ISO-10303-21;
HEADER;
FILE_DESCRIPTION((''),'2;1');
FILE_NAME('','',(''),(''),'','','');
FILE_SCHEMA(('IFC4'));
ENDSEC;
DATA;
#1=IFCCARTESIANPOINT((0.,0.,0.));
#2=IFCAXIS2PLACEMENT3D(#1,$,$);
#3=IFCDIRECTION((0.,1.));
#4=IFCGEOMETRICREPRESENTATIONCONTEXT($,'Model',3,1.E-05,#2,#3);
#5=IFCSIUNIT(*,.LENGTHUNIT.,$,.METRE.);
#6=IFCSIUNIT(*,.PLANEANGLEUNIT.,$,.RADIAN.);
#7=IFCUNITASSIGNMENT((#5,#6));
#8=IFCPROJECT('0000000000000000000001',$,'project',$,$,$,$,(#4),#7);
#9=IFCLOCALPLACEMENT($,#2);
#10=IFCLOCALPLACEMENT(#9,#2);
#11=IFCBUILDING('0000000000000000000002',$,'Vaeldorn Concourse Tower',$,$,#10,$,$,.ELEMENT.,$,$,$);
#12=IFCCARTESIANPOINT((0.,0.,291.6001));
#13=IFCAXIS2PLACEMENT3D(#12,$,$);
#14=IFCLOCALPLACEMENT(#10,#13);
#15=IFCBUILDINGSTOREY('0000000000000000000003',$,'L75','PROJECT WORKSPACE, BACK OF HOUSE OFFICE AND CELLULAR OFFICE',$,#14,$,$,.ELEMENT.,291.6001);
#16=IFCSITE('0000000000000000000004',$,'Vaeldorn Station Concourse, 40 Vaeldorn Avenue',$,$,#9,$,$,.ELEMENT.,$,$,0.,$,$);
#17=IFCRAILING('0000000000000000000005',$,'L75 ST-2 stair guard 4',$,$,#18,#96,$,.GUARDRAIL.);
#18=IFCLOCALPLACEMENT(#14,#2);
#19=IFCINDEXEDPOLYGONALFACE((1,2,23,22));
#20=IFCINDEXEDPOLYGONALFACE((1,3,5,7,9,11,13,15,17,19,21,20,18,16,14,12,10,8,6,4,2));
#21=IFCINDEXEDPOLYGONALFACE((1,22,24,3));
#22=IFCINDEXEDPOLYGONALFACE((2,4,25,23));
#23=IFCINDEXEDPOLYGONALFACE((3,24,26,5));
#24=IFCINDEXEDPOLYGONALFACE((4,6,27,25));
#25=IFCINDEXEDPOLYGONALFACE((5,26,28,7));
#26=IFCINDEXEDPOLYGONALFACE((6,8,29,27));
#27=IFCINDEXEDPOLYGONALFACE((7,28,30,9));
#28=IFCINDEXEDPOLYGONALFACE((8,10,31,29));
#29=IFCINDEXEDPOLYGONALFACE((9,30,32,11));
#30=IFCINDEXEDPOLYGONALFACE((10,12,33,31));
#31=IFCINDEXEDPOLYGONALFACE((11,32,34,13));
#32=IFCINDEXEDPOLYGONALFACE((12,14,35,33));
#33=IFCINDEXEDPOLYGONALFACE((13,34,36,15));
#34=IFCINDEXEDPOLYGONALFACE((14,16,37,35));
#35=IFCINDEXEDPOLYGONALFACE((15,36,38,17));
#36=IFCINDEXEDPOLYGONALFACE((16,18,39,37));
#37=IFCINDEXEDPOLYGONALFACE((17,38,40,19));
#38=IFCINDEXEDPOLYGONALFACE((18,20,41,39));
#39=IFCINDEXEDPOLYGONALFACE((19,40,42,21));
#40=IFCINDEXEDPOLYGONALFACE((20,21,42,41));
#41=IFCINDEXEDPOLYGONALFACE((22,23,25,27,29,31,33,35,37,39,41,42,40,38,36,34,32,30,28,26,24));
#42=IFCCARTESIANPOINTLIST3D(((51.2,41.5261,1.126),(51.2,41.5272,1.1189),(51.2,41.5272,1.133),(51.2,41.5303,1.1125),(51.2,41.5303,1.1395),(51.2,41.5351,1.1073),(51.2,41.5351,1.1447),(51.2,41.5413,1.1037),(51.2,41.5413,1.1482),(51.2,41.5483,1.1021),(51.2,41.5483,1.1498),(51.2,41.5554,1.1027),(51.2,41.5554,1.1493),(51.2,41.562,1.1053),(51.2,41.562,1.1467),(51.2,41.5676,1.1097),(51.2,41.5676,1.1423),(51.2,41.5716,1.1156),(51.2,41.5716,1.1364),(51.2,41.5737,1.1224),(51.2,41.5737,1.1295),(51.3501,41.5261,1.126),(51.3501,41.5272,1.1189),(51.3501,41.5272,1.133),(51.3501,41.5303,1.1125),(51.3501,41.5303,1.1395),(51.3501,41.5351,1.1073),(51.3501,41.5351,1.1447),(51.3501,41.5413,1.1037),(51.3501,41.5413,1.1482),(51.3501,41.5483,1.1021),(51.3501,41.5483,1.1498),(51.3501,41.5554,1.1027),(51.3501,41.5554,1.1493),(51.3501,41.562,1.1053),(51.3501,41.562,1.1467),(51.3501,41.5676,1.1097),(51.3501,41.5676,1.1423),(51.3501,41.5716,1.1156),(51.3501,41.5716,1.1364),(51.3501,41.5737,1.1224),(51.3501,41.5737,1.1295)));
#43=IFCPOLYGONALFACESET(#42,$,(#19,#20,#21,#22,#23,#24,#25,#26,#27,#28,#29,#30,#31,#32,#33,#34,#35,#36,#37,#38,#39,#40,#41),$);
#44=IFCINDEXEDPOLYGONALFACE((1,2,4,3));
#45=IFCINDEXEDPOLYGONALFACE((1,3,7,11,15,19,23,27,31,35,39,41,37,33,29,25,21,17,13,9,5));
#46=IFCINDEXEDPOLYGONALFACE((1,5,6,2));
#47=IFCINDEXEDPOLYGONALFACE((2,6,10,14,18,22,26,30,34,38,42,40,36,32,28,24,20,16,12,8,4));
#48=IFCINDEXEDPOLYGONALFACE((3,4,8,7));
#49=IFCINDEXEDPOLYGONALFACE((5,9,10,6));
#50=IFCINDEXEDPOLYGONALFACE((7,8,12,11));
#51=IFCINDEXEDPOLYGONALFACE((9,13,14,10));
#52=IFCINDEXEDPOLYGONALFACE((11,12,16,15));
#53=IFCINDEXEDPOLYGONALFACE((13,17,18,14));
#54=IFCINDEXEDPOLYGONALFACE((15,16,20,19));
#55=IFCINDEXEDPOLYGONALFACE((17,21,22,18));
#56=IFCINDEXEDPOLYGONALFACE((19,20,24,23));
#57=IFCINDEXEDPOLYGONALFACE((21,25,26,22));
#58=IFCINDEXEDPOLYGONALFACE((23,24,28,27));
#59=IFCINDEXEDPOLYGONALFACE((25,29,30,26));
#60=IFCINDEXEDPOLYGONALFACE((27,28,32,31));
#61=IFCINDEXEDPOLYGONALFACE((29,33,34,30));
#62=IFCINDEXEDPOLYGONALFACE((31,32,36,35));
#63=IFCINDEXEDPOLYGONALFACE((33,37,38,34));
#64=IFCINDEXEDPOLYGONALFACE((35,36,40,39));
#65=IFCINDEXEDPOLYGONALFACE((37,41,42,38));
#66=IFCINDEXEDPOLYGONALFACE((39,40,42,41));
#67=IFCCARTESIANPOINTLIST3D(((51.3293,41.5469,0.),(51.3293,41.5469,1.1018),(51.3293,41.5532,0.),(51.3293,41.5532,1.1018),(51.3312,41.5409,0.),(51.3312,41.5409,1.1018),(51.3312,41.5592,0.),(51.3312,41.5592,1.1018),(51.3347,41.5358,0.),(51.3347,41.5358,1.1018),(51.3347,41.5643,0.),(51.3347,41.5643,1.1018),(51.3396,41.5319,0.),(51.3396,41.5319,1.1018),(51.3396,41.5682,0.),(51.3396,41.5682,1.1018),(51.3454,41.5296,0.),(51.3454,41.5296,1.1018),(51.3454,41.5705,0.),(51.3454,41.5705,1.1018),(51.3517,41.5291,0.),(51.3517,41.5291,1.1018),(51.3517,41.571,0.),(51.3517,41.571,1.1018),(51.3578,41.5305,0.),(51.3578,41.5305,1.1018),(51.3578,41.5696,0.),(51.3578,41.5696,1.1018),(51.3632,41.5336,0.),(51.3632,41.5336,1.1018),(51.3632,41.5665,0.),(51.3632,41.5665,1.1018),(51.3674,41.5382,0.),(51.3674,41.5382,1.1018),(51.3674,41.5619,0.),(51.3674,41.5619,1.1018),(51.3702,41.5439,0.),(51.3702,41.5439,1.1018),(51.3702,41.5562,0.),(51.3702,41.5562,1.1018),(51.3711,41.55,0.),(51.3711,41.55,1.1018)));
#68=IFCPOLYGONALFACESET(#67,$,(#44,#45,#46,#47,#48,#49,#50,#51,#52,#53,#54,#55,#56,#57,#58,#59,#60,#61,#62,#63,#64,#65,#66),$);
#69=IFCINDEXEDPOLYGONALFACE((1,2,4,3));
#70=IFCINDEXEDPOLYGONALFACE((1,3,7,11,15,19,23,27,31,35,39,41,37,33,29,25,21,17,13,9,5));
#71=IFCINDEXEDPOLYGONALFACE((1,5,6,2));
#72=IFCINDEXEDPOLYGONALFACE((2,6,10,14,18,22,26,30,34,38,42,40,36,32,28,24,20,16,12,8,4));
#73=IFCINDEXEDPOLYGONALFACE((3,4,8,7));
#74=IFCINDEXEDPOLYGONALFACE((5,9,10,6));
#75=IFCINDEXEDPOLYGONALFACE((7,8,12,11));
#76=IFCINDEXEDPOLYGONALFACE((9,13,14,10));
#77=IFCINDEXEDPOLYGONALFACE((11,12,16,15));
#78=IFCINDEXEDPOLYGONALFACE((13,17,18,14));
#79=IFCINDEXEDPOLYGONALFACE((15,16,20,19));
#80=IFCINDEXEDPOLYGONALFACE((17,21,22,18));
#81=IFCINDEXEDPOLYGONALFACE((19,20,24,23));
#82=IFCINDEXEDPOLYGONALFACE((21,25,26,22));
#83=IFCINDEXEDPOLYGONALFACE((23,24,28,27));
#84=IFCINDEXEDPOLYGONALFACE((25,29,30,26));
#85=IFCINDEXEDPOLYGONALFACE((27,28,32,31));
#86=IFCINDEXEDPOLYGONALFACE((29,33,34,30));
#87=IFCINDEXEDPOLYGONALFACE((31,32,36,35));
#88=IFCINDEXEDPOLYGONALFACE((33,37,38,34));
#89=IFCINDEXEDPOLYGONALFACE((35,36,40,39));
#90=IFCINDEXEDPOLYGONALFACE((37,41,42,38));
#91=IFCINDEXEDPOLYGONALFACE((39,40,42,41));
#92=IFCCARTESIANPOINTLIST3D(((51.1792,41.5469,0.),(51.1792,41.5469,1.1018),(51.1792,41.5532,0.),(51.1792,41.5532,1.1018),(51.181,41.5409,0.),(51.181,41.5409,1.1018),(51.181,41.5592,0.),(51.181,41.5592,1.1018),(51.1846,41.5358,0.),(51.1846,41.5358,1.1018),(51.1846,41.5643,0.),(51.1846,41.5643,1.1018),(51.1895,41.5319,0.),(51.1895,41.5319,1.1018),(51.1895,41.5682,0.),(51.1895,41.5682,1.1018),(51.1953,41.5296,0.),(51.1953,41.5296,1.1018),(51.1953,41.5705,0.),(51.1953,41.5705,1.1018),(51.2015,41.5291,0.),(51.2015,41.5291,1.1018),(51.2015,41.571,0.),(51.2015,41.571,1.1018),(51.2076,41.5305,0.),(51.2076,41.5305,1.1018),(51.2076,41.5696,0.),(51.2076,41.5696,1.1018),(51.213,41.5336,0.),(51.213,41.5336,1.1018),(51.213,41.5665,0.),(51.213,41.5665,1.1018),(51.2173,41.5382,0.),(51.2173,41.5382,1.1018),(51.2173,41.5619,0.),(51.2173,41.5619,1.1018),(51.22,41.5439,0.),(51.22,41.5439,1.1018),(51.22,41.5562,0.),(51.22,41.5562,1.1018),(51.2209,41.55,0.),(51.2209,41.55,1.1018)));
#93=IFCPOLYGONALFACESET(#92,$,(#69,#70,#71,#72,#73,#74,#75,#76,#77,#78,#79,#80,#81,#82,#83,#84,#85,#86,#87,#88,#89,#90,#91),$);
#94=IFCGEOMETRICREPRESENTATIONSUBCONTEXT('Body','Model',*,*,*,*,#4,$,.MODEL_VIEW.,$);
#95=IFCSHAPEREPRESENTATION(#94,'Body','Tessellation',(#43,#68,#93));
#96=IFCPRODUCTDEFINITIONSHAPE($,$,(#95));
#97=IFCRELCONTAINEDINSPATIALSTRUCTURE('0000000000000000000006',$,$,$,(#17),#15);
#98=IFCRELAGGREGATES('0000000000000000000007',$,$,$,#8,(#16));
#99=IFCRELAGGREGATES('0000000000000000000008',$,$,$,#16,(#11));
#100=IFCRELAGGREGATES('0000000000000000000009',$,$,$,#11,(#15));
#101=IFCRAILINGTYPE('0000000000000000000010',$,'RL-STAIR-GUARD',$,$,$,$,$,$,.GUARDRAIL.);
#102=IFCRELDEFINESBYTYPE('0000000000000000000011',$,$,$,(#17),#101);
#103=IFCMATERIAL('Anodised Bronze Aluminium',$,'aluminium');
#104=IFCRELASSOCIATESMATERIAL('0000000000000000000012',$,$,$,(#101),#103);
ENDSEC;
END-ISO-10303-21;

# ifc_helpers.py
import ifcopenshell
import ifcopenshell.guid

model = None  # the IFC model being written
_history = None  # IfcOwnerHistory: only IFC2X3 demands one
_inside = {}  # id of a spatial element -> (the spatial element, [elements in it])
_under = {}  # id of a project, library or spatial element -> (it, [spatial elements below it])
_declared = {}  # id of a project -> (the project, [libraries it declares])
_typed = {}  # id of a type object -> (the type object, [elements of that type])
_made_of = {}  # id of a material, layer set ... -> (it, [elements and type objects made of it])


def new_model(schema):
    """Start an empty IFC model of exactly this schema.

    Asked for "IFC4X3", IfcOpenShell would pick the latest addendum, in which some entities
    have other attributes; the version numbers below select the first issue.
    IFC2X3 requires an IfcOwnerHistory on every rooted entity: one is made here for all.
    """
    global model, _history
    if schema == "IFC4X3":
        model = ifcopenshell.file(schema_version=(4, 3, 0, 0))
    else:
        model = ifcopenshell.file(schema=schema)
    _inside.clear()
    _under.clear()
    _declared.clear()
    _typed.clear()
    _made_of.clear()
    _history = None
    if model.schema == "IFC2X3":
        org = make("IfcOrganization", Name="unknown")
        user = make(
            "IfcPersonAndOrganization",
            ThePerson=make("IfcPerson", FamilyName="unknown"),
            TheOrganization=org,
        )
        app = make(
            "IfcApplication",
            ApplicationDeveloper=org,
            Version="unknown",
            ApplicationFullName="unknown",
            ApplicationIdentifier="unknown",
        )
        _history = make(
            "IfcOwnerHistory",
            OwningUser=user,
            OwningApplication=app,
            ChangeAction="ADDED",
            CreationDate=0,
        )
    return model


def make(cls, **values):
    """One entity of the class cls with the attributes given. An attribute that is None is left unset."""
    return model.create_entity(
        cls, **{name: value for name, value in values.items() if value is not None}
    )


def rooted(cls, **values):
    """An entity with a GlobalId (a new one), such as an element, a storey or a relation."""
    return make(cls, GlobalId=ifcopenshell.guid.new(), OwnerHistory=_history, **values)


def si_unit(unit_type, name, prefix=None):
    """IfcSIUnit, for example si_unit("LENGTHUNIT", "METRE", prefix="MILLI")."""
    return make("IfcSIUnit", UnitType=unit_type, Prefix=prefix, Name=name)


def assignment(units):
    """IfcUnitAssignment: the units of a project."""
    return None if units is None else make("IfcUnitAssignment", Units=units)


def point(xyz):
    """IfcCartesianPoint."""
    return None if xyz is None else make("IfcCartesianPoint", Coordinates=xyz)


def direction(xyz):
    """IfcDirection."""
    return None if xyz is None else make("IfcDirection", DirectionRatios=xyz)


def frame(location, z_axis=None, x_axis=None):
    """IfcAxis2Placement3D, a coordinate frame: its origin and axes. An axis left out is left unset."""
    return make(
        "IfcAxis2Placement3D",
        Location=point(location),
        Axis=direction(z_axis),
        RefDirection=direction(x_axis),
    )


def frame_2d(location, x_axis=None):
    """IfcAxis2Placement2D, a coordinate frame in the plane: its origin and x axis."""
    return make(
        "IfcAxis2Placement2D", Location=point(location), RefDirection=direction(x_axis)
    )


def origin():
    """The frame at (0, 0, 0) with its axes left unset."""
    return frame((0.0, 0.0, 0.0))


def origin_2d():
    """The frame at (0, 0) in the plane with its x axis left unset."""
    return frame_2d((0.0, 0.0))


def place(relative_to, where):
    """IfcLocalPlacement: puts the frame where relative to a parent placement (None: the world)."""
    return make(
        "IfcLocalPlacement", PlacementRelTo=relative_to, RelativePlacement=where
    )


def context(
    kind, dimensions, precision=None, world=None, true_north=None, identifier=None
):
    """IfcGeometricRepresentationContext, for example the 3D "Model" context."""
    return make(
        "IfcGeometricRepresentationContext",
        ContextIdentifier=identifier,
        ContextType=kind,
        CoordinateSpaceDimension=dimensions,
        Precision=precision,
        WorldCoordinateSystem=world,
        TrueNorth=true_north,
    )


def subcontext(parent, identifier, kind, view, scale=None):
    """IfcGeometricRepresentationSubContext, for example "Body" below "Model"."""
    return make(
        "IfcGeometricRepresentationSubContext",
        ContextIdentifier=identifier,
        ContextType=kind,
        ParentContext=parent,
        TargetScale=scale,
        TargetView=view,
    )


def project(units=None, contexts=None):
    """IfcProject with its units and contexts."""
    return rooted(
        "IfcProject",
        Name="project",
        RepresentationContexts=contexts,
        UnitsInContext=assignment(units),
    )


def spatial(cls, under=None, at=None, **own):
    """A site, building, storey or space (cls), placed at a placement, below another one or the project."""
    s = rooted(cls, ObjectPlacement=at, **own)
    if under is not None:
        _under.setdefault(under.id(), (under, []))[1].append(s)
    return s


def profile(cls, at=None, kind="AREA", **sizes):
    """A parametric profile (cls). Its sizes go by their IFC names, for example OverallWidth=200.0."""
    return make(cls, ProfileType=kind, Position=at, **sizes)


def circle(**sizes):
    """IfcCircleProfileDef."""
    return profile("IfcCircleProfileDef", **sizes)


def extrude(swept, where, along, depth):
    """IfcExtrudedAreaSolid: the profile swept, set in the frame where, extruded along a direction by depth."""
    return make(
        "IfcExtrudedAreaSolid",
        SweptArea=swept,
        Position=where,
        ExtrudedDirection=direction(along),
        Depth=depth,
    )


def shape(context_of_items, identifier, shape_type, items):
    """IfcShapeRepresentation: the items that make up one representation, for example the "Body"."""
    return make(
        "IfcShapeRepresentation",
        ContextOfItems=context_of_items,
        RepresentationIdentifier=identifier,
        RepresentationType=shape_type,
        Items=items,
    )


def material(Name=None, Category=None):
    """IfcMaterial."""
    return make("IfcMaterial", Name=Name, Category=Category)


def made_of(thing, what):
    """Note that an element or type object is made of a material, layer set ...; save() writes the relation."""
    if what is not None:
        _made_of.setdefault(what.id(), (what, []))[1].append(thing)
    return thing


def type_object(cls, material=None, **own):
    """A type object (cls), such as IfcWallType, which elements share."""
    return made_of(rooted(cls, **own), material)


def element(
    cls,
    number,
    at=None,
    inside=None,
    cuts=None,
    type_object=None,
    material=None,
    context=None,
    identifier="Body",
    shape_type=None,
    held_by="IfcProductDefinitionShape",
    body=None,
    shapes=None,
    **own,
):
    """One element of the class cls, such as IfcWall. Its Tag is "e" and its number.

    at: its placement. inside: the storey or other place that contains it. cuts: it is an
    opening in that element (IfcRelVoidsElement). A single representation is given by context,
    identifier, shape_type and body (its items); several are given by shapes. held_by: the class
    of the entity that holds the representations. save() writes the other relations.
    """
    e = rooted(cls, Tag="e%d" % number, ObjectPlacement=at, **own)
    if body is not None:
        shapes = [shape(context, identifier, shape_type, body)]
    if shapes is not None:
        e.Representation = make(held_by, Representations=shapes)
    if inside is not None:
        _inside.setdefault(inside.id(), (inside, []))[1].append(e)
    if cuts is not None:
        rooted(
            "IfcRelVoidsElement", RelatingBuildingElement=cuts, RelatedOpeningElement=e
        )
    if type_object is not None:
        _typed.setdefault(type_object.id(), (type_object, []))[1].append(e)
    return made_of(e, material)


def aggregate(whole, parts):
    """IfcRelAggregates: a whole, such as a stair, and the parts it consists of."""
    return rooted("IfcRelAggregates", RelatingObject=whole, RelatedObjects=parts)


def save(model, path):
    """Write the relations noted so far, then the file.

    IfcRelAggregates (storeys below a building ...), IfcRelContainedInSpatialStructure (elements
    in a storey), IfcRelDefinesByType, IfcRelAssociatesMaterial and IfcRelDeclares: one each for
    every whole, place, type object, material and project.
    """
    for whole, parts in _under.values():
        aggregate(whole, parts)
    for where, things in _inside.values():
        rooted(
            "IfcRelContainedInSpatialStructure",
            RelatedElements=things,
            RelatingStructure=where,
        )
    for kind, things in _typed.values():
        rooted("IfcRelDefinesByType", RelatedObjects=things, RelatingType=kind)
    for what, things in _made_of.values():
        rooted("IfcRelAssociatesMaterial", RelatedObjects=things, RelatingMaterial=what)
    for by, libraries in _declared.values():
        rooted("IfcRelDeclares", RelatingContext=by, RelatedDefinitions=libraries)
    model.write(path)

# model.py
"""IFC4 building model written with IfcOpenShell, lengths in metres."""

from ifc_helpers import new_model, si_unit, direction, frame, origin, origin_2d, place, context, subcontext, project, spatial, circle, extrude, material, type_object, element, save


model = new_model("IFC4")

# Units and contexts
model_context = context("Model", 3, precision=1e-05, world=origin(), true_north=direction((0.0, 1.0)))
body_context = subcontext(model_context, "Body", "Model", "MODEL_VIEW")
ifc_project = project(units=[si_unit("LENGTHUNIT", "METRE"), si_unit("PLANEANGLEUNIT", "RADIAN")], contexts=[model_context])

# Site, building, storey
site_placement = place(None, origin())
site = spatial("IfcSite", under=ifc_project, at=site_placement, Name="Vaeldorn Station Concourse, 40 Vaeldorn Avenue", CompositionType="ELEMENT", RefElevation=0.0)
building_placement = place(site_placement, origin())
building = spatial("IfcBuilding", under=site, at=building_placement, Name="Vaeldorn Concourse Tower", CompositionType="ELEMENT")
storey_placement = place(building_placement, frame((0.0, 0.0, 291.6001)))
storey = spatial("IfcBuildingStorey", under=building, at=storey_placement, Name="L75", Description="PROJECT WORKSPACE, BACK OF HOUSE OFFICE AND CELLULAR OFFICE", CompositionType="ELEMENT", Elevation=291.6001)

# Shared definitions
ifc_material_1 = material(Name="Anodised Bronze Aluminium", Category="aluminium")

# Railing
railing_type_1 = type_object("IfcRailingType", Name="RL-STAIR-GUARD", PredefinedType="GUARDRAIL", material=ifc_material_1)
railing_1_placement = place(storey_placement, frame((51.3501, 41.55, 0.0)))
element("IfcRailing", 1, at=railing_1_placement, inside=storey, type_object=railing_type_1, Name="L75 ST-2 stair guard 4", PredefinedType="GUARDRAIL", context=body_context, shape_type="SweptSolid", body=[
    extrude(circle(Radius=0.0239, at=origin_2d()), frame((0.0, 0.0, 1.126), z_axis=(-1.0, 0.0, 0.0), x_axis=(0.0, -1.0, 0.0)), (0.0, 0.0, 1.0), 0.1501),
    extrude(circle(Radius=0.021, at=origin_2d()), origin(), (0.0, 0.0, 1.0), 1.1018),
    extrude(circle(Radius=0.021, at=origin_2d()), frame((-0.1501, 0.0, 0.0)), (0.0, 0.0, 1.0), 1.1018),
])

save(model, "model.ifc")
